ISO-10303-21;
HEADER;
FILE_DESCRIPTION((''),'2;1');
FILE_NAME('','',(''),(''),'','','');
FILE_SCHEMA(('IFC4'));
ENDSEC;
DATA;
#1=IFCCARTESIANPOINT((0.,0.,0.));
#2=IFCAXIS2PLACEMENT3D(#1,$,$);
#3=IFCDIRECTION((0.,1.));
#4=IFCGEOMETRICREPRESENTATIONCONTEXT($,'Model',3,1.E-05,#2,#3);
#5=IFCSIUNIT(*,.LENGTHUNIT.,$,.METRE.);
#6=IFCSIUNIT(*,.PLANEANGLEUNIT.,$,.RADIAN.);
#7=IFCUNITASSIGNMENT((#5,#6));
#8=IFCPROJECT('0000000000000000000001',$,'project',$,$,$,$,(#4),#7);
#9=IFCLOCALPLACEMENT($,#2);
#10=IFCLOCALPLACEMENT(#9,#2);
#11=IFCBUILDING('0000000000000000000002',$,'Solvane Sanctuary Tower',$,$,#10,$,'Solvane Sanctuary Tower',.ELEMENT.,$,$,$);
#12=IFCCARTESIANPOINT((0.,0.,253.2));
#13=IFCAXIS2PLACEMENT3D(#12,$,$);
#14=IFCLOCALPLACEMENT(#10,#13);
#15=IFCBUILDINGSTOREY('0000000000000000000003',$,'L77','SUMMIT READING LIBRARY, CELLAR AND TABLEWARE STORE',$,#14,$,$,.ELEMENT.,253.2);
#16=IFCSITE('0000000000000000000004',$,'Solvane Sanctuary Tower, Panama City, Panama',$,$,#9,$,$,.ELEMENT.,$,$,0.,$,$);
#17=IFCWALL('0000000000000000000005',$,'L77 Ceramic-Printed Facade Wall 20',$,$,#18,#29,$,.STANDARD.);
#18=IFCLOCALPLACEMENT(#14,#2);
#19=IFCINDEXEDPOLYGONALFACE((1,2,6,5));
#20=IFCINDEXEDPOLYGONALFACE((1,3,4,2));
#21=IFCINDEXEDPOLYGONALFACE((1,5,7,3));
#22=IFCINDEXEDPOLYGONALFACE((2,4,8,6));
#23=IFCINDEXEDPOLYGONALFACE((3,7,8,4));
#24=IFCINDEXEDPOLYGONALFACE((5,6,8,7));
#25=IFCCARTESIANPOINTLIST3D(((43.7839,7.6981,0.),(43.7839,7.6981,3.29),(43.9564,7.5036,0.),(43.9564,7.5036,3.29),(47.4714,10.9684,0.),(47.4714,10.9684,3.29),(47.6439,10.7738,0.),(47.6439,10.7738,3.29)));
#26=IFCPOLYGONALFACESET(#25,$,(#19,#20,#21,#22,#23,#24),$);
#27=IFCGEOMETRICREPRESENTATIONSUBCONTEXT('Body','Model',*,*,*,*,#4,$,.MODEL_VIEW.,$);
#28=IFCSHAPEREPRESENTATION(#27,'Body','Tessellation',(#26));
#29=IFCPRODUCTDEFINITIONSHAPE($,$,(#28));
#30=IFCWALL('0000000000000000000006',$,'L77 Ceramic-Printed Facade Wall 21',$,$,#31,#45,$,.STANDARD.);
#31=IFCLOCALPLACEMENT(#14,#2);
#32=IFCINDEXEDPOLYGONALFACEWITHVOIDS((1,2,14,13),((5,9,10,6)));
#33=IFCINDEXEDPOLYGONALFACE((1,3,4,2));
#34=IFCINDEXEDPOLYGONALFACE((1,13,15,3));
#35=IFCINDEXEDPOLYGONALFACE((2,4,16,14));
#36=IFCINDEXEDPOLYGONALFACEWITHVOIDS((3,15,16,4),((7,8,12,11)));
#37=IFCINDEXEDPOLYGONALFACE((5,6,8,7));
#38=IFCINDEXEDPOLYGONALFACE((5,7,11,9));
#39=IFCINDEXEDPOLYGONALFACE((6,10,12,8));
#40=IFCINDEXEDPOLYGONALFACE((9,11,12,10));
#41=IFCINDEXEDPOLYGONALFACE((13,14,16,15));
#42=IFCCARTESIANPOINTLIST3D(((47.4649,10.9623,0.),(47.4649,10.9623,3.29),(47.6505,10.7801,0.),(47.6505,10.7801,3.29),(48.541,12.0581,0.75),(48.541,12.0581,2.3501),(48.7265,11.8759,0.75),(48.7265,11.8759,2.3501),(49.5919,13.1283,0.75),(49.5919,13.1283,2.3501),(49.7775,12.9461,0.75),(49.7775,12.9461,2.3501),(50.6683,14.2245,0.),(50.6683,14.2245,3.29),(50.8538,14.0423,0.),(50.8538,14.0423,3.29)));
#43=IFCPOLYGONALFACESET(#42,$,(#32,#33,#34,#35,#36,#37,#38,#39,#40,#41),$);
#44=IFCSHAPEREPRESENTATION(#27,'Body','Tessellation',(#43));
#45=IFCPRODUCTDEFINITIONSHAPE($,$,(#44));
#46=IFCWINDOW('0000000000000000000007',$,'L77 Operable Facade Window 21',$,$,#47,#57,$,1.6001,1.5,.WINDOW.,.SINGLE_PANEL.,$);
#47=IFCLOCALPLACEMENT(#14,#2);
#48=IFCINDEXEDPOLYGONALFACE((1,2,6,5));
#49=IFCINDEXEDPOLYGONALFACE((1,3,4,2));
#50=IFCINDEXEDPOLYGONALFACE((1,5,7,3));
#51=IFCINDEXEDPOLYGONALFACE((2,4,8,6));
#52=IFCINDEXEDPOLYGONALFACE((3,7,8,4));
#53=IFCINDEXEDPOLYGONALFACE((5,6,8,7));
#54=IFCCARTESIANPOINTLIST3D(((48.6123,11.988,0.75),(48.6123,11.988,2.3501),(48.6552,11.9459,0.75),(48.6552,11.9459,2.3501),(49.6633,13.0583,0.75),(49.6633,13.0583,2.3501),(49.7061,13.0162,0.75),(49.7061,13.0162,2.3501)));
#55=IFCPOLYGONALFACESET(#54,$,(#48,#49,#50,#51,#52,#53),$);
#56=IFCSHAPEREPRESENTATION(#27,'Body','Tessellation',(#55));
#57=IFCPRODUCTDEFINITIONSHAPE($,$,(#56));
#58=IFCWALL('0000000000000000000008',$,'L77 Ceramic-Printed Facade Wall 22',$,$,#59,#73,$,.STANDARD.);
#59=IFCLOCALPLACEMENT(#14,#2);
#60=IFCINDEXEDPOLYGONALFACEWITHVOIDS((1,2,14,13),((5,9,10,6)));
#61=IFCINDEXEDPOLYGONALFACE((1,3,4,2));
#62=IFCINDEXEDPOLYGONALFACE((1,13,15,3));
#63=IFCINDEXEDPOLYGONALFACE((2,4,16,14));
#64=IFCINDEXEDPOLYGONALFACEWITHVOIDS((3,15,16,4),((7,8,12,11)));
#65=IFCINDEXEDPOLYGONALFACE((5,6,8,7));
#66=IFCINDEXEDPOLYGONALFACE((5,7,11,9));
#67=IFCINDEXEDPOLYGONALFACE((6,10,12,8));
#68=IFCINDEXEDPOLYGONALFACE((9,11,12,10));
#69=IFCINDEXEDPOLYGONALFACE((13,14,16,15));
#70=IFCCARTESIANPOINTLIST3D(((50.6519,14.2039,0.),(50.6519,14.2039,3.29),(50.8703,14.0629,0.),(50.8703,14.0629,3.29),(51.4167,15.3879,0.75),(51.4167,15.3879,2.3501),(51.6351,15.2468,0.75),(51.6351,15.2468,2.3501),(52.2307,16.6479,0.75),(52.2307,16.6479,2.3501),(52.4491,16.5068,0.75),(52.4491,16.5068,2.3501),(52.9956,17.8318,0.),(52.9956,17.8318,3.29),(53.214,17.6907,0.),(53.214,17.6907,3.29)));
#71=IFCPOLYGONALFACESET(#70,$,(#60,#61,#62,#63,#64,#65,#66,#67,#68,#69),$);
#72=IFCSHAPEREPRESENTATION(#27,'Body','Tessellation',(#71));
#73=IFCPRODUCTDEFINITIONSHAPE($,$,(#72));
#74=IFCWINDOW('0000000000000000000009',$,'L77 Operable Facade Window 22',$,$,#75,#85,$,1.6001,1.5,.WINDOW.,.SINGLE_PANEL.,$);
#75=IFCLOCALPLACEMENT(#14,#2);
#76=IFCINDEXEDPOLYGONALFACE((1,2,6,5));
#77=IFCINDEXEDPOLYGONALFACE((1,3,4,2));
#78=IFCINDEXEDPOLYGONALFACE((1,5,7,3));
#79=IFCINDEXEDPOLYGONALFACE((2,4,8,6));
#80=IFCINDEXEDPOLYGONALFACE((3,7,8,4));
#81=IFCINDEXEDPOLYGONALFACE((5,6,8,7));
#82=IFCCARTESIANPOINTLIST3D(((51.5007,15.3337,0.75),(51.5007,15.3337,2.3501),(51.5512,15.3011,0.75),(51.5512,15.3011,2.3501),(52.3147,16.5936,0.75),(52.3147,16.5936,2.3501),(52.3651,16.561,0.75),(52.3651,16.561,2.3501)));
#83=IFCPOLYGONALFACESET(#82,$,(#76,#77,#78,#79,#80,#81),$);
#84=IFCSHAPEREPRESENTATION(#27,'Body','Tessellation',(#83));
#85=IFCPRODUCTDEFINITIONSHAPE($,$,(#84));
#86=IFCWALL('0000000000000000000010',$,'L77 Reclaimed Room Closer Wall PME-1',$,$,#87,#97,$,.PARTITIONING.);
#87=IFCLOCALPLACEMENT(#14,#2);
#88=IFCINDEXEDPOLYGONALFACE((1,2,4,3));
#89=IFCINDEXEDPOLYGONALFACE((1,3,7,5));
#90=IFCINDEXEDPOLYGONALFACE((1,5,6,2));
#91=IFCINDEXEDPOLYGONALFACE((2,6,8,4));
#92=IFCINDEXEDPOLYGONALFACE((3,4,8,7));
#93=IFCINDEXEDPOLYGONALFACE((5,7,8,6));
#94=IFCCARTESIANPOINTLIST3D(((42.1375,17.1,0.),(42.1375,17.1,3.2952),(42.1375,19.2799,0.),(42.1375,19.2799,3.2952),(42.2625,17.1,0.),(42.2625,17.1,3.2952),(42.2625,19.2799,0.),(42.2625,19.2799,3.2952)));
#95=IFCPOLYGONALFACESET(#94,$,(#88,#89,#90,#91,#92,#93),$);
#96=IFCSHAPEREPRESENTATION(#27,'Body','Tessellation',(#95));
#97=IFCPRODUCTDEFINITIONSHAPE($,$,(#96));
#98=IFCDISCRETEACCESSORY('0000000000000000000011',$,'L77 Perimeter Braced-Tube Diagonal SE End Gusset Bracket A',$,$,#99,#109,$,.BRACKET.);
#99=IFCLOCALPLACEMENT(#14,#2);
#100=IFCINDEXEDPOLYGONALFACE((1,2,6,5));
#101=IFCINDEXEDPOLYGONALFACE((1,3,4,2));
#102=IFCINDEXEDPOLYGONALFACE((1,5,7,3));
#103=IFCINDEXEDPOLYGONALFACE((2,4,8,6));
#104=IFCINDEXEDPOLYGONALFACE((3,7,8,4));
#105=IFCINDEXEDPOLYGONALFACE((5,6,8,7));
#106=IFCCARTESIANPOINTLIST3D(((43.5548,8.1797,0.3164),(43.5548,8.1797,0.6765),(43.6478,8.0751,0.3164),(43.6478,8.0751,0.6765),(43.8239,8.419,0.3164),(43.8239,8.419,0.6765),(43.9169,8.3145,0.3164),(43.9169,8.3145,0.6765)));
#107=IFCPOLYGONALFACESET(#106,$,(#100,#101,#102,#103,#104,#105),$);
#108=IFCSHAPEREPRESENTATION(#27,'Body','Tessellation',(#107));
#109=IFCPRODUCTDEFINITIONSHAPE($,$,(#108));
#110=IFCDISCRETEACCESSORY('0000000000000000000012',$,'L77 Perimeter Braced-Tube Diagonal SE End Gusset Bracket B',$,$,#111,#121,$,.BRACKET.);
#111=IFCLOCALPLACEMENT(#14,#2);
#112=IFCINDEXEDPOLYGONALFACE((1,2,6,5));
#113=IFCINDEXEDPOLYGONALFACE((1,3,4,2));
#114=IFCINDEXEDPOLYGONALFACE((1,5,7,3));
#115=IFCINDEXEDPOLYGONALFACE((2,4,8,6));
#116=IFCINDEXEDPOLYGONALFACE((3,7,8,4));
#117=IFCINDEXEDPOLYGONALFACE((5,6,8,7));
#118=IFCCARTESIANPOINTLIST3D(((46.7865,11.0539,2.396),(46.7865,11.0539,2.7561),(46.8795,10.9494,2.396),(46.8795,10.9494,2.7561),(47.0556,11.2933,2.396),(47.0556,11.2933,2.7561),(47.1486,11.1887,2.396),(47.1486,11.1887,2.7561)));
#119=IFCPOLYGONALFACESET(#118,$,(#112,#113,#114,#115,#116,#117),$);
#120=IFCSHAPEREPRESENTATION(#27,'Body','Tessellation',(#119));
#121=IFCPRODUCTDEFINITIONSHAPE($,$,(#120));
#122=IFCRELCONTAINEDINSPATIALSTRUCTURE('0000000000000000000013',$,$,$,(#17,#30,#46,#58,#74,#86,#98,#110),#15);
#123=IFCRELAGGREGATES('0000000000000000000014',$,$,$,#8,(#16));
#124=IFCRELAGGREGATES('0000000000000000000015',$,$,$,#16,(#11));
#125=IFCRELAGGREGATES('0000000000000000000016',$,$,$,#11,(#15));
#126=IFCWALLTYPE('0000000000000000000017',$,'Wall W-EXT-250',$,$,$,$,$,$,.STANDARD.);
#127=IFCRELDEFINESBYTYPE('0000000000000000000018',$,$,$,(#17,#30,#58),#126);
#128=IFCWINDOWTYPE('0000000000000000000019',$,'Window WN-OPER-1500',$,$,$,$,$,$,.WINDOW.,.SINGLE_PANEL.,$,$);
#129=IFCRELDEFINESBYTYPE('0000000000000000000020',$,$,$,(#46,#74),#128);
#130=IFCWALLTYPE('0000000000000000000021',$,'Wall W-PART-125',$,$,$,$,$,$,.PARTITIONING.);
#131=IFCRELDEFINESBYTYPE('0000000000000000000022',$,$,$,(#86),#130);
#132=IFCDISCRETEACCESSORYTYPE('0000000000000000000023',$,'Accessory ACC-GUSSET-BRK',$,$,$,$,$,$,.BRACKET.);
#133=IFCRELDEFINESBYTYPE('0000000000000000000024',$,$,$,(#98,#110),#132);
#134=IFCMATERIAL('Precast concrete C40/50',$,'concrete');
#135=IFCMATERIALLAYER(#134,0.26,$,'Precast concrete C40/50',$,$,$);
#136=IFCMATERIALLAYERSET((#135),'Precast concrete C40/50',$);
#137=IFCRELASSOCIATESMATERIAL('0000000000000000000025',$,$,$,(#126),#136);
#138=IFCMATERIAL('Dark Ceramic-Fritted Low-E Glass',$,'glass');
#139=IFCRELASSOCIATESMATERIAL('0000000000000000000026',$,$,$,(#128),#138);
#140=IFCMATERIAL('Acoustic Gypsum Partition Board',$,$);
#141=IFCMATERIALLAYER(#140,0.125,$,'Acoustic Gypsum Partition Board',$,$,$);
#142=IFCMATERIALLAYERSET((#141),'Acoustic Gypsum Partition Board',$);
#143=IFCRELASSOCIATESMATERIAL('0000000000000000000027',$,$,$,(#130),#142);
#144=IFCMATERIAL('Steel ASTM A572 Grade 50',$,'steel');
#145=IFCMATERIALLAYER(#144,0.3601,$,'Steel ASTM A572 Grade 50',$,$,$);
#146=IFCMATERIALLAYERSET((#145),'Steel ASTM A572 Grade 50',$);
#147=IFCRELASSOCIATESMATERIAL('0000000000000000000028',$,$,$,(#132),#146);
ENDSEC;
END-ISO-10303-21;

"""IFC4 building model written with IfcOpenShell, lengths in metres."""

from ifc_helpers import new_model, si_unit, direction, frame, frame_2d, origin, origin_2d, place, context, subcontext, project, spatial, rectangle, extrude, material, layer, layer_set, type_object, element, fill, save


model = new_model("IFC4")

# Units and contexts
model_context = context("Model", 3, precision=1e-05, world=origin(), true_north=direction((0.0, 1.0)))
body_context = subcontext(model_context, "Body", "Model", "MODEL_VIEW")
ifc_project = project(units=[si_unit("LENGTHUNIT", "METRE"), si_unit("PLANEANGLEUNIT", "RADIAN")], contexts=[model_context])

# Site, building, storey
site_placement = place(None, origin())
site = spatial("IfcSite", under=ifc_project, at=site_placement, Name="Solvane Sanctuary Tower, Panama City, Panama", CompositionType="ELEMENT", RefElevation=0.0)
building_placement = place(site_placement, origin())
building = spatial("IfcBuilding", under=site, at=building_placement, Name="Solvane Sanctuary Tower", LongName="Solvane Sanctuary Tower", CompositionType="ELEMENT")
storey_placement = place(building_placement, frame((0.0, 0.0, 253.2)))
storey = spatial("IfcBuildingStorey", under=building, at=storey_placement, Name="L77", Description="SUMMIT READING LIBRARY, CELLAR AND TABLEWARE STORE", CompositionType="ELEMENT", Elevation=253.2)

# Shared definitions
ifc_material_1 = material(Name="Dark Ceramic-Fritted Low-E Glass", Category="glass")

# Shared definitions
ifc_material_2 = material(Name="Acoustic Gypsum Partition Board")

# Wall
ifc_material_3 = material(Name="Precast concrete C40/50", Category="concrete")
ifc_layer_1 = layer(ifc_material_3, 0.26, Name="Precast concrete C40/50")
ifc_layer_set_1 = layer_set([ifc_layer_1], Name="Precast concrete C40/50")
wall_type_1 = type_object("IfcWallType", Name="Wall W-EXT-250", PredefinedType="STANDARD", material=ifc_layer_set_1)
wall_1_placement = place(storey_placement, frame((43.8701, 7.6008, 0.0), z_axis=(0.0, 0.0, 1.0), x_axis=(0.748166, 0.663512, 0.0)))
element("IfcWall", 1, at=wall_1_placement, inside=storey, type_object=wall_type_1, Name="L77 Ceramic-Printed Facade Wall 20", PredefinedType="STANDARD", context=body_context, shape_type="SweptSolid", body=[
    extrude(rectangle(XDim=4.9287, YDim=0.26, at=frame_2d((2.4644, 0.0))), origin(), (0.0, 0.0, 1.0), 3.29),
])

# Walls, openings, windows
wall_2_placement = place(storey_placement, frame((47.5576, 10.8711, 0.0), z_axis=(0.0, 0.0, 1.0), x_axis=(0.700643, 0.713512, 0.0)))
wall_2 = element("IfcWall", 2, at=wall_2_placement, inside=storey, type_object=wall_type_1, Name="L77 Ceramic-Printed Facade Wall 21", PredefinedType="STANDARD", context=body_context, shape_type="SweptSolid", body=[
    extrude(rectangle(XDim=4.572, YDim=0.26, at=frame_2d((2.2861, 0.0))), origin(), (0.0, 0.0, 1.0), 3.29),
])
opening_1_placement = place(wall_2_placement, frame((1.5359, 0.0, 0.75)))
opening_1 = element("IfcOpeningElement", 3, at=opening_1_placement, cuts=wall_2, PredefinedType="OPENING", context=body_context, shape_type="SweptSolid", body=[
    extrude(rectangle(XDim=1.5, YDim=1.6001, at=frame_2d((0.75, 0.8))), frame((0.0, 0.1399, 0.0), z_axis=(0.0, -1.0, 0.0), x_axis=(1.0, 0.0, 0.0)), (0.0, 0.0, 1.0), 0.28),
])
window_type = type_object("IfcWindowType", Name="Window WN-OPER-1500", PartitioningType="SINGLE_PANEL", PredefinedType="WINDOW", material=ifc_material_1)
window_1_placement = place(opening_1_placement, origin())
window_1 = element("IfcWindow", 4, at=window_1_placement, inside=storey, type_object=window_type, Name="L77 Operable Facade Window 21", OverallHeight=1.6001, OverallWidth=1.5, PartitioningType="SINGLE_PANEL", PredefinedType="WINDOW", context=body_context, shape_type="SweptSolid", body=[
    extrude(rectangle(XDim=1.5, YDim=1.6001, at=frame_2d((0.75, 0.8))), frame((0.0, 0.03, 0.0), z_axis=(0.0, -1.0, 0.0), x_axis=(1.0, 0.0, 0.0)), (0.0, 0.0, 1.0), 0.0601),
])
fill(opening_1, window_1)
wall_3_placement = place(storey_placement, frame((50.761, 14.1333, 0.0), z_axis=(0.0, 0.0, 1.0), x_axis=(0.542642, 0.839964, 0.0)))
wall_3 = element("IfcWall", 5, at=wall_3_placement, inside=storey, type_object=wall_type_1, Name="L77 Ceramic-Printed Facade Wall 22", PredefinedType="STANDARD", context=body_context, shape_type="SweptSolid", body=[
    extrude(rectangle(XDim=4.3191, YDim=0.26, at=frame_2d((2.1597, 0.0))), origin(), (0.0, 0.0, 1.0), 3.29),
])
opening_2_placement = place(wall_3_placement, frame((1.4097, 0.0, 0.75)))
opening_2 = element("IfcOpeningElement", 6, at=opening_2_placement, cuts=wall_3, PredefinedType="OPENING", context=body_context, shape_type="SweptSolid", body=[
    extrude(rectangle(XDim=1.5, YDim=1.6001, at=frame_2d((0.75, 0.8))), frame((0.0, 0.1399, 0.0), z_axis=(0.0, -1.0, 0.0), x_axis=(1.0, 0.0, 0.0)), (0.0, 0.0, 1.0), 0.28),
])
window_2_placement = place(opening_2_placement, origin())
window_2 = element("IfcWindow", 7, at=window_2_placement, inside=storey, type_object=window_type, Name="L77 Operable Facade Window 22", OverallHeight=1.6001, OverallWidth=1.5, PartitioningType="SINGLE_PANEL", PredefinedType="WINDOW", context=body_context, shape_type="SweptSolid", body=[
    extrude(rectangle(XDim=1.5, YDim=1.6001, at=frame_2d((0.75, 0.8))), frame((0.0, 0.03, 0.0), z_axis=(0.0, -1.0, 0.0), x_axis=(1.0, 0.0, 0.0)), (0.0, 0.0, 1.0), 0.0601),
])
fill(opening_2, window_2)

# Wall
ifc_layer_2 = layer(ifc_material_2, 0.125, Name="Acoustic Gypsum Partition Board")
ifc_layer_set_2 = layer_set([ifc_layer_2], Name="Acoustic Gypsum Partition Board")
wall_type_2 = type_object("IfcWallType", Name="Wall W-PART-125", PredefinedType="PARTITIONING", material=ifc_layer_set_2)
wall_4_placement = place(storey_placement, frame((42.2, 17.1001, 0.0), z_axis=(0.0, 0.0, 1.0), x_axis=(0.0, 1.0, 0.0)))
element("IfcWall", 8, at=wall_4_placement, inside=storey, type_object=wall_type_2, Name="L77 Reclaimed Room Closer Wall PME-1", PredefinedType="PARTITIONING", context=body_context, shape_type="SweptSolid", body=[
    extrude(rectangle(XDim=2.1799, YDim=0.125, at=frame_2d((1.0898, 0.0))), origin(), (0.0, 0.0, 1.0), 3.2952),
])

# Discrete accessories
ifc_material_4 = material(Name="Steel ASTM A572 Grade 50", Category="steel")
ifc_layer_3 = layer(ifc_material_4, 0.3601, Name="Steel ASTM A572 Grade 50")
ifc_layer_set_3 = layer_set([ifc_layer_3], Name="Steel ASTM A572 Grade 50")
discrete_accessory_type = type_object("IfcDiscreteAccessoryType", Name="Accessory ACC-GUSSET-BRK", PredefinedType="BRACKET", material=ifc_layer_set_3)
for number, where, z_axis, x_axis, name in (
    (9, (43.7358, 8.2471, 0.3164), (0.0, 0.0, 1.0), (0.747218, 0.664579, 0.0), "L77 Perimeter Braced-Tube Diagonal SE End Gusset Bracket A"),
    (10, (46.9675, 11.1213, 2.396), (0.0, 0.0, 1.0), (0.747218, 0.664579, 0.0), "L77 Perimeter Braced-Tube Diagonal SE End Gusset Bracket B"),
):
    element("IfcDiscreteAccessory", number, at=place(storey_placement, frame(where, z_axis=z_axis, x_axis=x_axis)), inside=storey, type_object=discrete_accessory_type, Name=name, PredefinedType="BRACKET", context=body_context, shape_type="SweptSolid", body=[
        extrude(rectangle(XDim=0.3601, YDim=0.1399, at=origin_2d()), origin(), (0.0, 0.0, 1.0), 0.3601),
    ])

save(model, "model.ifc")
